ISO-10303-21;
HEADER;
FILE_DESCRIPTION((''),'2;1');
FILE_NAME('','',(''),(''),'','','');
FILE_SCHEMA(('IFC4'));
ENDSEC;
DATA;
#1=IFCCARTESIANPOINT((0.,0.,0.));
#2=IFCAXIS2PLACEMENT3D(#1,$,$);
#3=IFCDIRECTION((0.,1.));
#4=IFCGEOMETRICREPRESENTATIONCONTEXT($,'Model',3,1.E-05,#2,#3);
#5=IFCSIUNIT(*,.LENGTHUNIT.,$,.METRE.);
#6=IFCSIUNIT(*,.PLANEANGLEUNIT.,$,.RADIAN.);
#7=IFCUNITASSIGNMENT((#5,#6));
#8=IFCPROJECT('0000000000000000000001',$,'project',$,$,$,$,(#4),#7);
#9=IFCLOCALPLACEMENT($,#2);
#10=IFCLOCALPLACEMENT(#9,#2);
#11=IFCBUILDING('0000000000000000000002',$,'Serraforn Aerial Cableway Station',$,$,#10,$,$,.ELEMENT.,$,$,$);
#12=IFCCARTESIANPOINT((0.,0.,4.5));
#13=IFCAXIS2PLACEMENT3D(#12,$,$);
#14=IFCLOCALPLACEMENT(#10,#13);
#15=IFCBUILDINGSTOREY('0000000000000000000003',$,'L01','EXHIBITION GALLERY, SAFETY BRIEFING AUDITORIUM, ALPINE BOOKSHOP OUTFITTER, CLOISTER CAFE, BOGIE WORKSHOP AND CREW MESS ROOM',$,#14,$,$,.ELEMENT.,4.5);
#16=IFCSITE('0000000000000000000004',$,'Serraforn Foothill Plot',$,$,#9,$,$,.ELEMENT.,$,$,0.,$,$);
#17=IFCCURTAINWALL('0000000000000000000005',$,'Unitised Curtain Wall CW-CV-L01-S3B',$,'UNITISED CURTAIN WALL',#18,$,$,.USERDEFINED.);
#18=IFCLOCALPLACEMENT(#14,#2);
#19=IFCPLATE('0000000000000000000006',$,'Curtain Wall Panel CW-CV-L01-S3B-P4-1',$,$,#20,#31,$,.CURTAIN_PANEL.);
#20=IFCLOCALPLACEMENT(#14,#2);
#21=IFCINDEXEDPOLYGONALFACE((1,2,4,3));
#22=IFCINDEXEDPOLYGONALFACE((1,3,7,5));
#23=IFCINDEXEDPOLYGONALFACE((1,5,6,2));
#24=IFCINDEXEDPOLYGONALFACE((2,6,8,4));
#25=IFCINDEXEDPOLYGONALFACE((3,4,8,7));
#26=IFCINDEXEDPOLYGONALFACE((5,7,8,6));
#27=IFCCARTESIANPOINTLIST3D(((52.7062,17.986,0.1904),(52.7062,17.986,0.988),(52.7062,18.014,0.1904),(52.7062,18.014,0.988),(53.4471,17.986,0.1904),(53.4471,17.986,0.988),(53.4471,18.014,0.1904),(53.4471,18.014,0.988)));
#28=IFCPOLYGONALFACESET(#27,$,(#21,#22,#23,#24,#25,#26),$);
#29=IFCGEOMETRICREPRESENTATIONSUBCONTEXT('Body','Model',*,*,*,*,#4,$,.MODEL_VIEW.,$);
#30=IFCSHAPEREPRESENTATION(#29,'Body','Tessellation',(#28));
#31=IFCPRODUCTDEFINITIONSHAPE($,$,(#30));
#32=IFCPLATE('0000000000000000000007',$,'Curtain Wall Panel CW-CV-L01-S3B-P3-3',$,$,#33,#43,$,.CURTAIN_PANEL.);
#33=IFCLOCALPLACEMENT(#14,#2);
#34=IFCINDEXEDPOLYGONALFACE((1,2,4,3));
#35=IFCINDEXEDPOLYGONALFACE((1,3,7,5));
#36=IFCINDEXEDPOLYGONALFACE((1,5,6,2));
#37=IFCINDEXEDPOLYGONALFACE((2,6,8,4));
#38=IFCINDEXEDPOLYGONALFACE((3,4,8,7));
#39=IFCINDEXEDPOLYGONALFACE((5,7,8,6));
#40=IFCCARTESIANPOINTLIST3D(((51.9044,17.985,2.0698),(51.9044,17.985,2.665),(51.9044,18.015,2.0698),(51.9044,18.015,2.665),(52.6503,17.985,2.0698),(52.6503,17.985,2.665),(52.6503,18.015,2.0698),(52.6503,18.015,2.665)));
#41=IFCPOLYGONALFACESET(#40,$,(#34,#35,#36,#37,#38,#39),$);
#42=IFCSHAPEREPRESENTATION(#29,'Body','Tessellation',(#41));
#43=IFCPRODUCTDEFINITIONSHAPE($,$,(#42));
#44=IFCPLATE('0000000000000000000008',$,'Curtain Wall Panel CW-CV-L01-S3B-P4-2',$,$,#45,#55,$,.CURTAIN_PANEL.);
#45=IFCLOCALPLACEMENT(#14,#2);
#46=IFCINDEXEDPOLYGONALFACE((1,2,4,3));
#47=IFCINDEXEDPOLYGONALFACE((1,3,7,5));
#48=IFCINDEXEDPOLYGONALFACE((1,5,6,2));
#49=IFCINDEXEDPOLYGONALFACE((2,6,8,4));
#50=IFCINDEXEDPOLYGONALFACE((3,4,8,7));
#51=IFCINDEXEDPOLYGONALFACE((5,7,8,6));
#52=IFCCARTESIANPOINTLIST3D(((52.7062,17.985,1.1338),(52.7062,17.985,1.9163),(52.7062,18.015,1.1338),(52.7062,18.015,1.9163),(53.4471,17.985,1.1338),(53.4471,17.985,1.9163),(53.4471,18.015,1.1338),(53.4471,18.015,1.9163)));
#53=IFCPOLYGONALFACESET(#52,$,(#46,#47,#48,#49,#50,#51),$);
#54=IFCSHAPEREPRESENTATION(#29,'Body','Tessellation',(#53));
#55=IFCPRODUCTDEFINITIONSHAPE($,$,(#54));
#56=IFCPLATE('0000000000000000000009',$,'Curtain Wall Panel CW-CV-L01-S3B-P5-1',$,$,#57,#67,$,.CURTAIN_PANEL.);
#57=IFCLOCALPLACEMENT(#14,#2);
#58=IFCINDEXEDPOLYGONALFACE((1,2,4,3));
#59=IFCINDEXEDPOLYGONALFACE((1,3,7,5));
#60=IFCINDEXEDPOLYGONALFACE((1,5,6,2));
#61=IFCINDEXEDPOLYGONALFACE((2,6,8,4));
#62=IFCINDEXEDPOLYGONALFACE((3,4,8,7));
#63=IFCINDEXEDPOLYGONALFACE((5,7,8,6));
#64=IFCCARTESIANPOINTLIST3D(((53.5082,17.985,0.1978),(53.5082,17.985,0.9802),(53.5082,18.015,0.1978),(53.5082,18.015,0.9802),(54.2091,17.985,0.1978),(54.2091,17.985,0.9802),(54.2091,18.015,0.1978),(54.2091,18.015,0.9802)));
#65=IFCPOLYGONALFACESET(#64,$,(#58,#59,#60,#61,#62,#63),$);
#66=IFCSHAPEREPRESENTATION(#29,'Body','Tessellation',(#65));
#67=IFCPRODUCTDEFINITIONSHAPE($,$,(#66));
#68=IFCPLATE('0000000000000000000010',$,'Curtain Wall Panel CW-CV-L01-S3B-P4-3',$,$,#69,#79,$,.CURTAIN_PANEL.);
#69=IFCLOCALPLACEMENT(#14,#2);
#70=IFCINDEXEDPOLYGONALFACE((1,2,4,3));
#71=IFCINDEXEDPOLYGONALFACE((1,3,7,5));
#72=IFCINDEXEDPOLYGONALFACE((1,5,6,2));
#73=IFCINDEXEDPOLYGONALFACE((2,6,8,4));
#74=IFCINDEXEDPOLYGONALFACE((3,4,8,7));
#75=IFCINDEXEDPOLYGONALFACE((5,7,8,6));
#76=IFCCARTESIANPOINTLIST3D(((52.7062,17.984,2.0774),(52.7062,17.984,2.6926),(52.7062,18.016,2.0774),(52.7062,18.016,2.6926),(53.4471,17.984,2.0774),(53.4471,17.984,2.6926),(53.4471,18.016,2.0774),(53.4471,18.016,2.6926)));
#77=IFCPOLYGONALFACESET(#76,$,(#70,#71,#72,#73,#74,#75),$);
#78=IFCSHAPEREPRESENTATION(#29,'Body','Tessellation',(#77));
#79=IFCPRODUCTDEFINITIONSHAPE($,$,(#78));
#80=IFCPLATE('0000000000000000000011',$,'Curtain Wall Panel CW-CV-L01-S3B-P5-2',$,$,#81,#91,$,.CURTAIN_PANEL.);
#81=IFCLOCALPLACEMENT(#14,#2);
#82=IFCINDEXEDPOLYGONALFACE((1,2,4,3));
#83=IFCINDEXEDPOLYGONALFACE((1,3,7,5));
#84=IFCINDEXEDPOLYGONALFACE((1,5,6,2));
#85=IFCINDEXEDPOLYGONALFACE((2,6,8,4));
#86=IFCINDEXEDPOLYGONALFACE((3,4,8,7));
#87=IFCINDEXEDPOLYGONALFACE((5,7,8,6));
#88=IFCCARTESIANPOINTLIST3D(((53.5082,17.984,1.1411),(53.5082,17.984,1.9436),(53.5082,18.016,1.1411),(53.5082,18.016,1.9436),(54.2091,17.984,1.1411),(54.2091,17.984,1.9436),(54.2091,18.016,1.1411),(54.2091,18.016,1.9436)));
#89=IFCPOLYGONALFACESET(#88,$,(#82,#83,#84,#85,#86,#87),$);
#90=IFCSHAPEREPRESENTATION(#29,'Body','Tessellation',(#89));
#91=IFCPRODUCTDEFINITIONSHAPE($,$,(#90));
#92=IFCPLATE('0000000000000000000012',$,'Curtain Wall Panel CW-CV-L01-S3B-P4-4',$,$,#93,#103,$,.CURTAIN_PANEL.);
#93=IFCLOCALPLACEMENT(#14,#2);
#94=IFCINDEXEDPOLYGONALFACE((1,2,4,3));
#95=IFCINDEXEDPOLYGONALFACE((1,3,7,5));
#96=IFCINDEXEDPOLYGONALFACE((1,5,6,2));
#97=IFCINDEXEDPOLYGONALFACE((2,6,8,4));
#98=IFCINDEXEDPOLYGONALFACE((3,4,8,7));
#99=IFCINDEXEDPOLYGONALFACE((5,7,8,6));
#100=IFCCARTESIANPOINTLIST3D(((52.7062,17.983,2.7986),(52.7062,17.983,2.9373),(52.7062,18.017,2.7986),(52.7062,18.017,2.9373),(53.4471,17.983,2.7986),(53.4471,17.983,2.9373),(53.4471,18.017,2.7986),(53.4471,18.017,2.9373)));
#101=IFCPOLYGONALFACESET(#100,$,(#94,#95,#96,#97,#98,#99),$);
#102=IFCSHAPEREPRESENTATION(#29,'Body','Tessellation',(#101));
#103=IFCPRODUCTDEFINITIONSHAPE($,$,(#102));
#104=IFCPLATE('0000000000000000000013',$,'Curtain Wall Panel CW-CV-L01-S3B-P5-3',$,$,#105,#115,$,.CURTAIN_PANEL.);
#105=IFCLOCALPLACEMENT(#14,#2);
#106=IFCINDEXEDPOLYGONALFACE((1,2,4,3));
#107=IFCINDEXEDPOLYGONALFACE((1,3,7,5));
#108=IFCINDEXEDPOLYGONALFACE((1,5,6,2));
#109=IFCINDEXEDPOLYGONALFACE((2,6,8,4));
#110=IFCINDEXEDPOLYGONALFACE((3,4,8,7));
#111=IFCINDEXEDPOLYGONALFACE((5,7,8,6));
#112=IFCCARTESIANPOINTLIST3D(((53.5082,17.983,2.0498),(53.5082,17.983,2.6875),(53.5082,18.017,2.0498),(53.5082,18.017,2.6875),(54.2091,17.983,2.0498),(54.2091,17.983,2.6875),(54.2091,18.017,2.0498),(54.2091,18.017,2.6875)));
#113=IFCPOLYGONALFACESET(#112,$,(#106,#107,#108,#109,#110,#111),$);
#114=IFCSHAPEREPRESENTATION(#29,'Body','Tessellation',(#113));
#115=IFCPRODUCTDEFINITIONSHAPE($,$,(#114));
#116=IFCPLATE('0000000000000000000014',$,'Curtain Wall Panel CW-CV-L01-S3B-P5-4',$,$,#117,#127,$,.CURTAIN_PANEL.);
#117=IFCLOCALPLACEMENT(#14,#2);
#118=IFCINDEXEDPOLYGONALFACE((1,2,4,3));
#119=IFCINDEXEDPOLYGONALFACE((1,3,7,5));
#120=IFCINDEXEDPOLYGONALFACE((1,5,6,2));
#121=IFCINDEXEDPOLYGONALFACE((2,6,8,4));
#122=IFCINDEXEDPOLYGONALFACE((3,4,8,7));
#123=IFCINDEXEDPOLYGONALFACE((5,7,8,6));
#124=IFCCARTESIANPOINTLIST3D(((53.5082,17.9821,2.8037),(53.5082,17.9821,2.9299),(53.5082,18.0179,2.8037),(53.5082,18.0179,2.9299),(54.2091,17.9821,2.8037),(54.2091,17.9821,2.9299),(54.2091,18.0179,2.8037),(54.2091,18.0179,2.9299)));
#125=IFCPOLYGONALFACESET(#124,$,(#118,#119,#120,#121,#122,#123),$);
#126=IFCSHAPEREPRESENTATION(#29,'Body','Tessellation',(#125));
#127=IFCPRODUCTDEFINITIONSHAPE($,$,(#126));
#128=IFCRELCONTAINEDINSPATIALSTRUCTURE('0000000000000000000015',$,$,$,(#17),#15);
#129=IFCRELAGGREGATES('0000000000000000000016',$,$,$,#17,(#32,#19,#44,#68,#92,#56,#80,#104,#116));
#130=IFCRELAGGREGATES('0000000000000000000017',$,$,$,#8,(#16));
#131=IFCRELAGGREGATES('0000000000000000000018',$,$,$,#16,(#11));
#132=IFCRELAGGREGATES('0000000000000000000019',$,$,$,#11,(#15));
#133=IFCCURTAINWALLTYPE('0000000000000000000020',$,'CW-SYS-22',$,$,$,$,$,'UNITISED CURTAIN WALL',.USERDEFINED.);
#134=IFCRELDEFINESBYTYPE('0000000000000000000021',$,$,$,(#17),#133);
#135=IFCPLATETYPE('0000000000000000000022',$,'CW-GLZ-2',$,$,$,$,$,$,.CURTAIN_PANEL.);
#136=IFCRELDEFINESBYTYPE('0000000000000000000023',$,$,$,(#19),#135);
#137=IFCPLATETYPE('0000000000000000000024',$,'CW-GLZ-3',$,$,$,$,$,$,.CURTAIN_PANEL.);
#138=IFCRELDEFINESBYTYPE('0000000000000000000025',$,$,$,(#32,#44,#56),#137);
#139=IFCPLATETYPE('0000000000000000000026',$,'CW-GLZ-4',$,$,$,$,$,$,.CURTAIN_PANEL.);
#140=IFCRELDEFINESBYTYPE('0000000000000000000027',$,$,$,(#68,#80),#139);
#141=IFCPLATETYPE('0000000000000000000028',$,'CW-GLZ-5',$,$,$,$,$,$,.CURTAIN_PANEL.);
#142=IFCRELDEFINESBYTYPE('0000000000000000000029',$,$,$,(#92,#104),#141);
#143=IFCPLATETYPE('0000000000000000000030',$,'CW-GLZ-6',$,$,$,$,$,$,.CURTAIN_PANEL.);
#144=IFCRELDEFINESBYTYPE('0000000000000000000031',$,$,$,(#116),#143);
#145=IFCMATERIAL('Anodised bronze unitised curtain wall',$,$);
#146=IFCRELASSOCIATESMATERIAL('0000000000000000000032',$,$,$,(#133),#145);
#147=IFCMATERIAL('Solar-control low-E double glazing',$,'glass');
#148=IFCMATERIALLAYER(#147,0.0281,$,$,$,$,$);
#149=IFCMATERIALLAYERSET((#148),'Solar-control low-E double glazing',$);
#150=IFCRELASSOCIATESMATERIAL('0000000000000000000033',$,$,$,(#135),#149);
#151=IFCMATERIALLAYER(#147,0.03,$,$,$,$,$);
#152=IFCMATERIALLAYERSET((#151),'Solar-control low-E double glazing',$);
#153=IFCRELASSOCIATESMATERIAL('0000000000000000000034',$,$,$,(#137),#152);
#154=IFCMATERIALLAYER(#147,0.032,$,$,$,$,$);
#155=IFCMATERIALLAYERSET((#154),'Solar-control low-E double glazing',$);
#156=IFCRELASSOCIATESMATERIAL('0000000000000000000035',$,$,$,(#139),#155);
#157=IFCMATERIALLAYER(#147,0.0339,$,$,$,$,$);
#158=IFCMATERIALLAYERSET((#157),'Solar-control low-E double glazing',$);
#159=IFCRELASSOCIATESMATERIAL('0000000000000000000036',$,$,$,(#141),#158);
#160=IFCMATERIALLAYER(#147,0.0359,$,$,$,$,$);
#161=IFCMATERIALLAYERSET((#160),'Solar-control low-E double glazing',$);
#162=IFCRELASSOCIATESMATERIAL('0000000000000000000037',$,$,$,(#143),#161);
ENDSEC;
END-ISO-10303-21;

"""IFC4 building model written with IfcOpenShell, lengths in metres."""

from ifc_helpers import new_model, si_unit, direction, frame, origin, origin_2d, place, context, subcontext, project, spatial, rectangle, extrude, material, layer, layer_set, type_object, element, aggregate, save


model = new_model("IFC4")

# Units and contexts
model_context = context("Model", 3, precision=1e-05, world=origin(), true_north=direction((0.0, 1.0)))
body_context = subcontext(model_context, "Body", "Model", "MODEL_VIEW")
ifc_project = project(units=[si_unit("LENGTHUNIT", "METRE"), si_unit("PLANEANGLEUNIT", "RADIAN")], contexts=[model_context])

# Site, building, storey
site_placement = place(None, origin())
site = spatial("IfcSite", under=ifc_project, at=site_placement, Name="Serraforn Foothill Plot", CompositionType="ELEMENT", RefElevation=0.0)
building_placement = place(site_placement, origin())
building = spatial("IfcBuilding", under=site, at=building_placement, Name="Serraforn Aerial Cableway Station", CompositionType="ELEMENT")
storey_placement = place(building_placement, frame((0.0, 0.0, 4.5)))
storey = spatial("IfcBuildingStorey", under=building, at=storey_placement, Name="L01", Description="EXHIBITION GALLERY, SAFETY BRIEFING AUDITORIUM, ALPINE BOOKSHOP OUTFITTER, CLOISTER CAFE, BOGIE WORKSHOP AND CREW MESS ROOM", CompositionType="ELEMENT", Elevation=4.5)

# Curtain wall, plates
ifc_material_1 = material(Name="Anodised bronze unitised curtain wall")
curtain_wall_type = type_object("IfcCurtainWallType", Name="CW-SYS-22", ElementType="UNITISED CURTAIN WALL", PredefinedType="USERDEFINED", material=ifc_material_1)
curtain_wall_placement = place(storey_placement, origin())
curtain_wall = element("IfcCurtainWall", 1, at=curtain_wall_placement, inside=storey, type_object=curtain_wall_type, Name="Unitised Curtain Wall CW-CV-L01-S3B", ObjectType="UNITISED CURTAIN WALL", PredefinedType="USERDEFINED")
ifc_material_2 = material(Name="Solar-control low-E double glazing", Category="glass")
ifc_layer_1 = layer(ifc_material_2, 0.0281)
ifc_layer_set_1 = layer_set([ifc_layer_1], Name="Solar-control low-E double glazing")
plate_type_1 = type_object("IfcPlateType", Name="CW-GLZ-2", PredefinedType="CURTAIN_PANEL", material=ifc_layer_set_1)
plate_1_placement = place(storey_placement, frame((53.0767, 18.0, 0.1904), z_axis=(0.0, 0.0, 1.0), x_axis=(1.0, 0.0, 0.0)))
plate_1 = element("IfcPlate", 2, at=plate_1_placement, type_object=plate_type_1, Name="Curtain Wall Panel CW-CV-L01-S3B-P4-1", PredefinedType="CURTAIN_PANEL", context=body_context, shape_type="SweptSolid", body=[
    extrude(rectangle(XDim=0.741, YDim=0.0281, at=origin_2d()), origin(), (0.0, 0.0, 1.0), 0.7976),
])
ifc_layer_2 = layer(ifc_material_2, 0.03)
ifc_layer_set_2 = layer_set([ifc_layer_2], Name="Solar-control low-E double glazing")
plate_type_2 = type_object("IfcPlateType", Name="CW-GLZ-3", PredefinedType="CURTAIN_PANEL", material=ifc_layer_set_2)
plate_2_placement = place(storey_placement, frame((52.2773, 18.0, 2.0698), z_axis=(0.0, 0.0, 1.0), x_axis=(1.0, 0.0, 0.0)))
plate_2 = element("IfcPlate", 3, at=plate_2_placement, type_object=plate_type_2, Name="Curtain Wall Panel CW-CV-L01-S3B-P3-3", PredefinedType="CURTAIN_PANEL", context=body_context, shape_type="SweptSolid", body=[
    extrude(rectangle(XDim=0.7458, YDim=0.03, at=origin_2d()), origin(), (0.0, 0.0, 1.0), 0.5952),
])
plate_3_placement = place(storey_placement, frame((53.0767, 18.0, 1.1338), z_axis=(0.0, 0.0, 1.0), x_axis=(1.0, 0.0, 0.0)))
plate_3 = element("IfcPlate", 4, at=plate_3_placement, type_object=plate_type_2, Name="Curtain Wall Panel CW-CV-L01-S3B-P4-2", PredefinedType="CURTAIN_PANEL", context=body_context, shape_type="SweptSolid", body=[
    extrude(rectangle(XDim=0.741, YDim=0.03, at=origin_2d()), origin(), (0.0, 0.0, 1.0), 0.7825),
])
plate_4_placement = place(storey_placement, frame((53.8586, 18.0, 0.1978), z_axis=(0.0, 0.0, 1.0), x_axis=(1.0, 0.0, 0.0)))
plate_4 = element("IfcPlate", 5, at=plate_4_placement, type_object=plate_type_2, Name="Curtain Wall Panel CW-CV-L01-S3B-P5-1", PredefinedType="CURTAIN_PANEL", context=body_context, shape_type="SweptSolid", body=[
    extrude(rectangle(XDim=0.7009, YDim=0.03, at=origin_2d()), origin(), (0.0, 0.0, 1.0), 0.7825),
])
ifc_layer_3 = layer(ifc_material_2, 0.032)
ifc_layer_set_3 = layer_set([ifc_layer_3], Name="Solar-control low-E double glazing")
plate_type_3 = type_object("IfcPlateType", Name="CW-GLZ-4", PredefinedType="CURTAIN_PANEL", material=ifc_layer_set_3)
plate_5_placement = place(storey_placement, frame((53.0767, 18.0, 2.0774), z_axis=(0.0, 0.0, 1.0), x_axis=(1.0, 0.0, 0.0)))
plate_5 = element("IfcPlate", 6, at=plate_5_placement, type_object=plate_type_3, Name="Curtain Wall Panel CW-CV-L01-S3B-P4-3", PredefinedType="CURTAIN_PANEL", context=body_context, shape_type="SweptSolid", body=[
    extrude(rectangle(XDim=0.741, YDim=0.032, at=origin_2d()), origin(), (0.0, 0.0, 1.0), 0.6152),
])
plate_6_placement = place(storey_placement, frame((53.8586, 18.0, 1.1411), z_axis=(0.0, 0.0, 1.0), x_axis=(1.0, 0.0, 0.0)))
plate_6 = element("IfcPlate", 7, at=plate_6_placement, type_object=plate_type_3, Name="Curtain Wall Panel CW-CV-L01-S3B-P5-2", PredefinedType="CURTAIN_PANEL", context=body_context, shape_type="SweptSolid", body=[
    extrude(rectangle(XDim=0.7009, YDim=0.032, at=origin_2d()), origin(), (0.0, 0.0, 1.0), 0.8025),
])
ifc_layer_4 = layer(ifc_material_2, 0.0339)
ifc_layer_set_4 = layer_set([ifc_layer_4], Name="Solar-control low-E double glazing")
plate_type_4 = type_object("IfcPlateType", Name="CW-GLZ-5", PredefinedType="CURTAIN_PANEL", material=ifc_layer_set_4)
plate_7_placement = place(storey_placement, frame((53.0767, 18.0, 2.7986), z_axis=(0.0, 0.0, 1.0), x_axis=(1.0, 0.0, 0.0)))
plate_7 = element("IfcPlate", 8, at=plate_7_placement, type_object=plate_type_4, Name="Curtain Wall Panel CW-CV-L01-S3B-P4-4", PredefinedType="CURTAIN_PANEL", context=body_context, shape_type="SweptSolid", body=[
    extrude(rectangle(XDim=0.741, YDim=0.0339, at=origin_2d()), origin(), (0.0, 0.0, 1.0), 0.1387),
])
plate_8_placement = place(storey_placement, frame((53.8586, 18.0, 2.0498), z_axis=(0.0, 0.0, 1.0), x_axis=(1.0, 0.0, 0.0)))
plate_8 = element("IfcPlate", 9, at=plate_8_placement, type_object=plate_type_4, Name="Curtain Wall Panel CW-CV-L01-S3B-P5-3", PredefinedType="CURTAIN_PANEL", context=body_context, shape_type="SweptSolid", body=[
    extrude(rectangle(XDim=0.7009, YDim=0.0339, at=origin_2d()), origin(), (0.0, 0.0, 1.0), 0.6377),
])
ifc_layer_5 = layer(ifc_material_2, 0.0359)
ifc_layer_set_5 = layer_set([ifc_layer_5], Name="Solar-control low-E double glazing")
plate_type_5 = type_object("IfcPlateType", Name="CW-GLZ-6", PredefinedType="CURTAIN_PANEL", material=ifc_layer_set_5)
plate_9_placement = place(storey_placement, frame((53.8586, 18.0, 2.8037), z_axis=(0.0, 0.0, 1.0), x_axis=(1.0, 0.0, 0.0)))
plate_9 = element("IfcPlate", 10, at=plate_9_placement, type_object=plate_type_5, Name="Curtain Wall Panel CW-CV-L01-S3B-P5-4", PredefinedType="CURTAIN_PANEL", context=body_context, shape_type="SweptSolid", body=[
    extrude(rectangle(XDim=0.7009, YDim=0.0359, at=origin_2d()), origin(), (0.0, 0.0, 1.0), 0.1262),
])
aggregate(curtain_wall, [plate_2, plate_1, plate_3, plate_5, plate_7, plate_4, plate_6, plate_8, plate_9])

save(model, "model.ifc")
